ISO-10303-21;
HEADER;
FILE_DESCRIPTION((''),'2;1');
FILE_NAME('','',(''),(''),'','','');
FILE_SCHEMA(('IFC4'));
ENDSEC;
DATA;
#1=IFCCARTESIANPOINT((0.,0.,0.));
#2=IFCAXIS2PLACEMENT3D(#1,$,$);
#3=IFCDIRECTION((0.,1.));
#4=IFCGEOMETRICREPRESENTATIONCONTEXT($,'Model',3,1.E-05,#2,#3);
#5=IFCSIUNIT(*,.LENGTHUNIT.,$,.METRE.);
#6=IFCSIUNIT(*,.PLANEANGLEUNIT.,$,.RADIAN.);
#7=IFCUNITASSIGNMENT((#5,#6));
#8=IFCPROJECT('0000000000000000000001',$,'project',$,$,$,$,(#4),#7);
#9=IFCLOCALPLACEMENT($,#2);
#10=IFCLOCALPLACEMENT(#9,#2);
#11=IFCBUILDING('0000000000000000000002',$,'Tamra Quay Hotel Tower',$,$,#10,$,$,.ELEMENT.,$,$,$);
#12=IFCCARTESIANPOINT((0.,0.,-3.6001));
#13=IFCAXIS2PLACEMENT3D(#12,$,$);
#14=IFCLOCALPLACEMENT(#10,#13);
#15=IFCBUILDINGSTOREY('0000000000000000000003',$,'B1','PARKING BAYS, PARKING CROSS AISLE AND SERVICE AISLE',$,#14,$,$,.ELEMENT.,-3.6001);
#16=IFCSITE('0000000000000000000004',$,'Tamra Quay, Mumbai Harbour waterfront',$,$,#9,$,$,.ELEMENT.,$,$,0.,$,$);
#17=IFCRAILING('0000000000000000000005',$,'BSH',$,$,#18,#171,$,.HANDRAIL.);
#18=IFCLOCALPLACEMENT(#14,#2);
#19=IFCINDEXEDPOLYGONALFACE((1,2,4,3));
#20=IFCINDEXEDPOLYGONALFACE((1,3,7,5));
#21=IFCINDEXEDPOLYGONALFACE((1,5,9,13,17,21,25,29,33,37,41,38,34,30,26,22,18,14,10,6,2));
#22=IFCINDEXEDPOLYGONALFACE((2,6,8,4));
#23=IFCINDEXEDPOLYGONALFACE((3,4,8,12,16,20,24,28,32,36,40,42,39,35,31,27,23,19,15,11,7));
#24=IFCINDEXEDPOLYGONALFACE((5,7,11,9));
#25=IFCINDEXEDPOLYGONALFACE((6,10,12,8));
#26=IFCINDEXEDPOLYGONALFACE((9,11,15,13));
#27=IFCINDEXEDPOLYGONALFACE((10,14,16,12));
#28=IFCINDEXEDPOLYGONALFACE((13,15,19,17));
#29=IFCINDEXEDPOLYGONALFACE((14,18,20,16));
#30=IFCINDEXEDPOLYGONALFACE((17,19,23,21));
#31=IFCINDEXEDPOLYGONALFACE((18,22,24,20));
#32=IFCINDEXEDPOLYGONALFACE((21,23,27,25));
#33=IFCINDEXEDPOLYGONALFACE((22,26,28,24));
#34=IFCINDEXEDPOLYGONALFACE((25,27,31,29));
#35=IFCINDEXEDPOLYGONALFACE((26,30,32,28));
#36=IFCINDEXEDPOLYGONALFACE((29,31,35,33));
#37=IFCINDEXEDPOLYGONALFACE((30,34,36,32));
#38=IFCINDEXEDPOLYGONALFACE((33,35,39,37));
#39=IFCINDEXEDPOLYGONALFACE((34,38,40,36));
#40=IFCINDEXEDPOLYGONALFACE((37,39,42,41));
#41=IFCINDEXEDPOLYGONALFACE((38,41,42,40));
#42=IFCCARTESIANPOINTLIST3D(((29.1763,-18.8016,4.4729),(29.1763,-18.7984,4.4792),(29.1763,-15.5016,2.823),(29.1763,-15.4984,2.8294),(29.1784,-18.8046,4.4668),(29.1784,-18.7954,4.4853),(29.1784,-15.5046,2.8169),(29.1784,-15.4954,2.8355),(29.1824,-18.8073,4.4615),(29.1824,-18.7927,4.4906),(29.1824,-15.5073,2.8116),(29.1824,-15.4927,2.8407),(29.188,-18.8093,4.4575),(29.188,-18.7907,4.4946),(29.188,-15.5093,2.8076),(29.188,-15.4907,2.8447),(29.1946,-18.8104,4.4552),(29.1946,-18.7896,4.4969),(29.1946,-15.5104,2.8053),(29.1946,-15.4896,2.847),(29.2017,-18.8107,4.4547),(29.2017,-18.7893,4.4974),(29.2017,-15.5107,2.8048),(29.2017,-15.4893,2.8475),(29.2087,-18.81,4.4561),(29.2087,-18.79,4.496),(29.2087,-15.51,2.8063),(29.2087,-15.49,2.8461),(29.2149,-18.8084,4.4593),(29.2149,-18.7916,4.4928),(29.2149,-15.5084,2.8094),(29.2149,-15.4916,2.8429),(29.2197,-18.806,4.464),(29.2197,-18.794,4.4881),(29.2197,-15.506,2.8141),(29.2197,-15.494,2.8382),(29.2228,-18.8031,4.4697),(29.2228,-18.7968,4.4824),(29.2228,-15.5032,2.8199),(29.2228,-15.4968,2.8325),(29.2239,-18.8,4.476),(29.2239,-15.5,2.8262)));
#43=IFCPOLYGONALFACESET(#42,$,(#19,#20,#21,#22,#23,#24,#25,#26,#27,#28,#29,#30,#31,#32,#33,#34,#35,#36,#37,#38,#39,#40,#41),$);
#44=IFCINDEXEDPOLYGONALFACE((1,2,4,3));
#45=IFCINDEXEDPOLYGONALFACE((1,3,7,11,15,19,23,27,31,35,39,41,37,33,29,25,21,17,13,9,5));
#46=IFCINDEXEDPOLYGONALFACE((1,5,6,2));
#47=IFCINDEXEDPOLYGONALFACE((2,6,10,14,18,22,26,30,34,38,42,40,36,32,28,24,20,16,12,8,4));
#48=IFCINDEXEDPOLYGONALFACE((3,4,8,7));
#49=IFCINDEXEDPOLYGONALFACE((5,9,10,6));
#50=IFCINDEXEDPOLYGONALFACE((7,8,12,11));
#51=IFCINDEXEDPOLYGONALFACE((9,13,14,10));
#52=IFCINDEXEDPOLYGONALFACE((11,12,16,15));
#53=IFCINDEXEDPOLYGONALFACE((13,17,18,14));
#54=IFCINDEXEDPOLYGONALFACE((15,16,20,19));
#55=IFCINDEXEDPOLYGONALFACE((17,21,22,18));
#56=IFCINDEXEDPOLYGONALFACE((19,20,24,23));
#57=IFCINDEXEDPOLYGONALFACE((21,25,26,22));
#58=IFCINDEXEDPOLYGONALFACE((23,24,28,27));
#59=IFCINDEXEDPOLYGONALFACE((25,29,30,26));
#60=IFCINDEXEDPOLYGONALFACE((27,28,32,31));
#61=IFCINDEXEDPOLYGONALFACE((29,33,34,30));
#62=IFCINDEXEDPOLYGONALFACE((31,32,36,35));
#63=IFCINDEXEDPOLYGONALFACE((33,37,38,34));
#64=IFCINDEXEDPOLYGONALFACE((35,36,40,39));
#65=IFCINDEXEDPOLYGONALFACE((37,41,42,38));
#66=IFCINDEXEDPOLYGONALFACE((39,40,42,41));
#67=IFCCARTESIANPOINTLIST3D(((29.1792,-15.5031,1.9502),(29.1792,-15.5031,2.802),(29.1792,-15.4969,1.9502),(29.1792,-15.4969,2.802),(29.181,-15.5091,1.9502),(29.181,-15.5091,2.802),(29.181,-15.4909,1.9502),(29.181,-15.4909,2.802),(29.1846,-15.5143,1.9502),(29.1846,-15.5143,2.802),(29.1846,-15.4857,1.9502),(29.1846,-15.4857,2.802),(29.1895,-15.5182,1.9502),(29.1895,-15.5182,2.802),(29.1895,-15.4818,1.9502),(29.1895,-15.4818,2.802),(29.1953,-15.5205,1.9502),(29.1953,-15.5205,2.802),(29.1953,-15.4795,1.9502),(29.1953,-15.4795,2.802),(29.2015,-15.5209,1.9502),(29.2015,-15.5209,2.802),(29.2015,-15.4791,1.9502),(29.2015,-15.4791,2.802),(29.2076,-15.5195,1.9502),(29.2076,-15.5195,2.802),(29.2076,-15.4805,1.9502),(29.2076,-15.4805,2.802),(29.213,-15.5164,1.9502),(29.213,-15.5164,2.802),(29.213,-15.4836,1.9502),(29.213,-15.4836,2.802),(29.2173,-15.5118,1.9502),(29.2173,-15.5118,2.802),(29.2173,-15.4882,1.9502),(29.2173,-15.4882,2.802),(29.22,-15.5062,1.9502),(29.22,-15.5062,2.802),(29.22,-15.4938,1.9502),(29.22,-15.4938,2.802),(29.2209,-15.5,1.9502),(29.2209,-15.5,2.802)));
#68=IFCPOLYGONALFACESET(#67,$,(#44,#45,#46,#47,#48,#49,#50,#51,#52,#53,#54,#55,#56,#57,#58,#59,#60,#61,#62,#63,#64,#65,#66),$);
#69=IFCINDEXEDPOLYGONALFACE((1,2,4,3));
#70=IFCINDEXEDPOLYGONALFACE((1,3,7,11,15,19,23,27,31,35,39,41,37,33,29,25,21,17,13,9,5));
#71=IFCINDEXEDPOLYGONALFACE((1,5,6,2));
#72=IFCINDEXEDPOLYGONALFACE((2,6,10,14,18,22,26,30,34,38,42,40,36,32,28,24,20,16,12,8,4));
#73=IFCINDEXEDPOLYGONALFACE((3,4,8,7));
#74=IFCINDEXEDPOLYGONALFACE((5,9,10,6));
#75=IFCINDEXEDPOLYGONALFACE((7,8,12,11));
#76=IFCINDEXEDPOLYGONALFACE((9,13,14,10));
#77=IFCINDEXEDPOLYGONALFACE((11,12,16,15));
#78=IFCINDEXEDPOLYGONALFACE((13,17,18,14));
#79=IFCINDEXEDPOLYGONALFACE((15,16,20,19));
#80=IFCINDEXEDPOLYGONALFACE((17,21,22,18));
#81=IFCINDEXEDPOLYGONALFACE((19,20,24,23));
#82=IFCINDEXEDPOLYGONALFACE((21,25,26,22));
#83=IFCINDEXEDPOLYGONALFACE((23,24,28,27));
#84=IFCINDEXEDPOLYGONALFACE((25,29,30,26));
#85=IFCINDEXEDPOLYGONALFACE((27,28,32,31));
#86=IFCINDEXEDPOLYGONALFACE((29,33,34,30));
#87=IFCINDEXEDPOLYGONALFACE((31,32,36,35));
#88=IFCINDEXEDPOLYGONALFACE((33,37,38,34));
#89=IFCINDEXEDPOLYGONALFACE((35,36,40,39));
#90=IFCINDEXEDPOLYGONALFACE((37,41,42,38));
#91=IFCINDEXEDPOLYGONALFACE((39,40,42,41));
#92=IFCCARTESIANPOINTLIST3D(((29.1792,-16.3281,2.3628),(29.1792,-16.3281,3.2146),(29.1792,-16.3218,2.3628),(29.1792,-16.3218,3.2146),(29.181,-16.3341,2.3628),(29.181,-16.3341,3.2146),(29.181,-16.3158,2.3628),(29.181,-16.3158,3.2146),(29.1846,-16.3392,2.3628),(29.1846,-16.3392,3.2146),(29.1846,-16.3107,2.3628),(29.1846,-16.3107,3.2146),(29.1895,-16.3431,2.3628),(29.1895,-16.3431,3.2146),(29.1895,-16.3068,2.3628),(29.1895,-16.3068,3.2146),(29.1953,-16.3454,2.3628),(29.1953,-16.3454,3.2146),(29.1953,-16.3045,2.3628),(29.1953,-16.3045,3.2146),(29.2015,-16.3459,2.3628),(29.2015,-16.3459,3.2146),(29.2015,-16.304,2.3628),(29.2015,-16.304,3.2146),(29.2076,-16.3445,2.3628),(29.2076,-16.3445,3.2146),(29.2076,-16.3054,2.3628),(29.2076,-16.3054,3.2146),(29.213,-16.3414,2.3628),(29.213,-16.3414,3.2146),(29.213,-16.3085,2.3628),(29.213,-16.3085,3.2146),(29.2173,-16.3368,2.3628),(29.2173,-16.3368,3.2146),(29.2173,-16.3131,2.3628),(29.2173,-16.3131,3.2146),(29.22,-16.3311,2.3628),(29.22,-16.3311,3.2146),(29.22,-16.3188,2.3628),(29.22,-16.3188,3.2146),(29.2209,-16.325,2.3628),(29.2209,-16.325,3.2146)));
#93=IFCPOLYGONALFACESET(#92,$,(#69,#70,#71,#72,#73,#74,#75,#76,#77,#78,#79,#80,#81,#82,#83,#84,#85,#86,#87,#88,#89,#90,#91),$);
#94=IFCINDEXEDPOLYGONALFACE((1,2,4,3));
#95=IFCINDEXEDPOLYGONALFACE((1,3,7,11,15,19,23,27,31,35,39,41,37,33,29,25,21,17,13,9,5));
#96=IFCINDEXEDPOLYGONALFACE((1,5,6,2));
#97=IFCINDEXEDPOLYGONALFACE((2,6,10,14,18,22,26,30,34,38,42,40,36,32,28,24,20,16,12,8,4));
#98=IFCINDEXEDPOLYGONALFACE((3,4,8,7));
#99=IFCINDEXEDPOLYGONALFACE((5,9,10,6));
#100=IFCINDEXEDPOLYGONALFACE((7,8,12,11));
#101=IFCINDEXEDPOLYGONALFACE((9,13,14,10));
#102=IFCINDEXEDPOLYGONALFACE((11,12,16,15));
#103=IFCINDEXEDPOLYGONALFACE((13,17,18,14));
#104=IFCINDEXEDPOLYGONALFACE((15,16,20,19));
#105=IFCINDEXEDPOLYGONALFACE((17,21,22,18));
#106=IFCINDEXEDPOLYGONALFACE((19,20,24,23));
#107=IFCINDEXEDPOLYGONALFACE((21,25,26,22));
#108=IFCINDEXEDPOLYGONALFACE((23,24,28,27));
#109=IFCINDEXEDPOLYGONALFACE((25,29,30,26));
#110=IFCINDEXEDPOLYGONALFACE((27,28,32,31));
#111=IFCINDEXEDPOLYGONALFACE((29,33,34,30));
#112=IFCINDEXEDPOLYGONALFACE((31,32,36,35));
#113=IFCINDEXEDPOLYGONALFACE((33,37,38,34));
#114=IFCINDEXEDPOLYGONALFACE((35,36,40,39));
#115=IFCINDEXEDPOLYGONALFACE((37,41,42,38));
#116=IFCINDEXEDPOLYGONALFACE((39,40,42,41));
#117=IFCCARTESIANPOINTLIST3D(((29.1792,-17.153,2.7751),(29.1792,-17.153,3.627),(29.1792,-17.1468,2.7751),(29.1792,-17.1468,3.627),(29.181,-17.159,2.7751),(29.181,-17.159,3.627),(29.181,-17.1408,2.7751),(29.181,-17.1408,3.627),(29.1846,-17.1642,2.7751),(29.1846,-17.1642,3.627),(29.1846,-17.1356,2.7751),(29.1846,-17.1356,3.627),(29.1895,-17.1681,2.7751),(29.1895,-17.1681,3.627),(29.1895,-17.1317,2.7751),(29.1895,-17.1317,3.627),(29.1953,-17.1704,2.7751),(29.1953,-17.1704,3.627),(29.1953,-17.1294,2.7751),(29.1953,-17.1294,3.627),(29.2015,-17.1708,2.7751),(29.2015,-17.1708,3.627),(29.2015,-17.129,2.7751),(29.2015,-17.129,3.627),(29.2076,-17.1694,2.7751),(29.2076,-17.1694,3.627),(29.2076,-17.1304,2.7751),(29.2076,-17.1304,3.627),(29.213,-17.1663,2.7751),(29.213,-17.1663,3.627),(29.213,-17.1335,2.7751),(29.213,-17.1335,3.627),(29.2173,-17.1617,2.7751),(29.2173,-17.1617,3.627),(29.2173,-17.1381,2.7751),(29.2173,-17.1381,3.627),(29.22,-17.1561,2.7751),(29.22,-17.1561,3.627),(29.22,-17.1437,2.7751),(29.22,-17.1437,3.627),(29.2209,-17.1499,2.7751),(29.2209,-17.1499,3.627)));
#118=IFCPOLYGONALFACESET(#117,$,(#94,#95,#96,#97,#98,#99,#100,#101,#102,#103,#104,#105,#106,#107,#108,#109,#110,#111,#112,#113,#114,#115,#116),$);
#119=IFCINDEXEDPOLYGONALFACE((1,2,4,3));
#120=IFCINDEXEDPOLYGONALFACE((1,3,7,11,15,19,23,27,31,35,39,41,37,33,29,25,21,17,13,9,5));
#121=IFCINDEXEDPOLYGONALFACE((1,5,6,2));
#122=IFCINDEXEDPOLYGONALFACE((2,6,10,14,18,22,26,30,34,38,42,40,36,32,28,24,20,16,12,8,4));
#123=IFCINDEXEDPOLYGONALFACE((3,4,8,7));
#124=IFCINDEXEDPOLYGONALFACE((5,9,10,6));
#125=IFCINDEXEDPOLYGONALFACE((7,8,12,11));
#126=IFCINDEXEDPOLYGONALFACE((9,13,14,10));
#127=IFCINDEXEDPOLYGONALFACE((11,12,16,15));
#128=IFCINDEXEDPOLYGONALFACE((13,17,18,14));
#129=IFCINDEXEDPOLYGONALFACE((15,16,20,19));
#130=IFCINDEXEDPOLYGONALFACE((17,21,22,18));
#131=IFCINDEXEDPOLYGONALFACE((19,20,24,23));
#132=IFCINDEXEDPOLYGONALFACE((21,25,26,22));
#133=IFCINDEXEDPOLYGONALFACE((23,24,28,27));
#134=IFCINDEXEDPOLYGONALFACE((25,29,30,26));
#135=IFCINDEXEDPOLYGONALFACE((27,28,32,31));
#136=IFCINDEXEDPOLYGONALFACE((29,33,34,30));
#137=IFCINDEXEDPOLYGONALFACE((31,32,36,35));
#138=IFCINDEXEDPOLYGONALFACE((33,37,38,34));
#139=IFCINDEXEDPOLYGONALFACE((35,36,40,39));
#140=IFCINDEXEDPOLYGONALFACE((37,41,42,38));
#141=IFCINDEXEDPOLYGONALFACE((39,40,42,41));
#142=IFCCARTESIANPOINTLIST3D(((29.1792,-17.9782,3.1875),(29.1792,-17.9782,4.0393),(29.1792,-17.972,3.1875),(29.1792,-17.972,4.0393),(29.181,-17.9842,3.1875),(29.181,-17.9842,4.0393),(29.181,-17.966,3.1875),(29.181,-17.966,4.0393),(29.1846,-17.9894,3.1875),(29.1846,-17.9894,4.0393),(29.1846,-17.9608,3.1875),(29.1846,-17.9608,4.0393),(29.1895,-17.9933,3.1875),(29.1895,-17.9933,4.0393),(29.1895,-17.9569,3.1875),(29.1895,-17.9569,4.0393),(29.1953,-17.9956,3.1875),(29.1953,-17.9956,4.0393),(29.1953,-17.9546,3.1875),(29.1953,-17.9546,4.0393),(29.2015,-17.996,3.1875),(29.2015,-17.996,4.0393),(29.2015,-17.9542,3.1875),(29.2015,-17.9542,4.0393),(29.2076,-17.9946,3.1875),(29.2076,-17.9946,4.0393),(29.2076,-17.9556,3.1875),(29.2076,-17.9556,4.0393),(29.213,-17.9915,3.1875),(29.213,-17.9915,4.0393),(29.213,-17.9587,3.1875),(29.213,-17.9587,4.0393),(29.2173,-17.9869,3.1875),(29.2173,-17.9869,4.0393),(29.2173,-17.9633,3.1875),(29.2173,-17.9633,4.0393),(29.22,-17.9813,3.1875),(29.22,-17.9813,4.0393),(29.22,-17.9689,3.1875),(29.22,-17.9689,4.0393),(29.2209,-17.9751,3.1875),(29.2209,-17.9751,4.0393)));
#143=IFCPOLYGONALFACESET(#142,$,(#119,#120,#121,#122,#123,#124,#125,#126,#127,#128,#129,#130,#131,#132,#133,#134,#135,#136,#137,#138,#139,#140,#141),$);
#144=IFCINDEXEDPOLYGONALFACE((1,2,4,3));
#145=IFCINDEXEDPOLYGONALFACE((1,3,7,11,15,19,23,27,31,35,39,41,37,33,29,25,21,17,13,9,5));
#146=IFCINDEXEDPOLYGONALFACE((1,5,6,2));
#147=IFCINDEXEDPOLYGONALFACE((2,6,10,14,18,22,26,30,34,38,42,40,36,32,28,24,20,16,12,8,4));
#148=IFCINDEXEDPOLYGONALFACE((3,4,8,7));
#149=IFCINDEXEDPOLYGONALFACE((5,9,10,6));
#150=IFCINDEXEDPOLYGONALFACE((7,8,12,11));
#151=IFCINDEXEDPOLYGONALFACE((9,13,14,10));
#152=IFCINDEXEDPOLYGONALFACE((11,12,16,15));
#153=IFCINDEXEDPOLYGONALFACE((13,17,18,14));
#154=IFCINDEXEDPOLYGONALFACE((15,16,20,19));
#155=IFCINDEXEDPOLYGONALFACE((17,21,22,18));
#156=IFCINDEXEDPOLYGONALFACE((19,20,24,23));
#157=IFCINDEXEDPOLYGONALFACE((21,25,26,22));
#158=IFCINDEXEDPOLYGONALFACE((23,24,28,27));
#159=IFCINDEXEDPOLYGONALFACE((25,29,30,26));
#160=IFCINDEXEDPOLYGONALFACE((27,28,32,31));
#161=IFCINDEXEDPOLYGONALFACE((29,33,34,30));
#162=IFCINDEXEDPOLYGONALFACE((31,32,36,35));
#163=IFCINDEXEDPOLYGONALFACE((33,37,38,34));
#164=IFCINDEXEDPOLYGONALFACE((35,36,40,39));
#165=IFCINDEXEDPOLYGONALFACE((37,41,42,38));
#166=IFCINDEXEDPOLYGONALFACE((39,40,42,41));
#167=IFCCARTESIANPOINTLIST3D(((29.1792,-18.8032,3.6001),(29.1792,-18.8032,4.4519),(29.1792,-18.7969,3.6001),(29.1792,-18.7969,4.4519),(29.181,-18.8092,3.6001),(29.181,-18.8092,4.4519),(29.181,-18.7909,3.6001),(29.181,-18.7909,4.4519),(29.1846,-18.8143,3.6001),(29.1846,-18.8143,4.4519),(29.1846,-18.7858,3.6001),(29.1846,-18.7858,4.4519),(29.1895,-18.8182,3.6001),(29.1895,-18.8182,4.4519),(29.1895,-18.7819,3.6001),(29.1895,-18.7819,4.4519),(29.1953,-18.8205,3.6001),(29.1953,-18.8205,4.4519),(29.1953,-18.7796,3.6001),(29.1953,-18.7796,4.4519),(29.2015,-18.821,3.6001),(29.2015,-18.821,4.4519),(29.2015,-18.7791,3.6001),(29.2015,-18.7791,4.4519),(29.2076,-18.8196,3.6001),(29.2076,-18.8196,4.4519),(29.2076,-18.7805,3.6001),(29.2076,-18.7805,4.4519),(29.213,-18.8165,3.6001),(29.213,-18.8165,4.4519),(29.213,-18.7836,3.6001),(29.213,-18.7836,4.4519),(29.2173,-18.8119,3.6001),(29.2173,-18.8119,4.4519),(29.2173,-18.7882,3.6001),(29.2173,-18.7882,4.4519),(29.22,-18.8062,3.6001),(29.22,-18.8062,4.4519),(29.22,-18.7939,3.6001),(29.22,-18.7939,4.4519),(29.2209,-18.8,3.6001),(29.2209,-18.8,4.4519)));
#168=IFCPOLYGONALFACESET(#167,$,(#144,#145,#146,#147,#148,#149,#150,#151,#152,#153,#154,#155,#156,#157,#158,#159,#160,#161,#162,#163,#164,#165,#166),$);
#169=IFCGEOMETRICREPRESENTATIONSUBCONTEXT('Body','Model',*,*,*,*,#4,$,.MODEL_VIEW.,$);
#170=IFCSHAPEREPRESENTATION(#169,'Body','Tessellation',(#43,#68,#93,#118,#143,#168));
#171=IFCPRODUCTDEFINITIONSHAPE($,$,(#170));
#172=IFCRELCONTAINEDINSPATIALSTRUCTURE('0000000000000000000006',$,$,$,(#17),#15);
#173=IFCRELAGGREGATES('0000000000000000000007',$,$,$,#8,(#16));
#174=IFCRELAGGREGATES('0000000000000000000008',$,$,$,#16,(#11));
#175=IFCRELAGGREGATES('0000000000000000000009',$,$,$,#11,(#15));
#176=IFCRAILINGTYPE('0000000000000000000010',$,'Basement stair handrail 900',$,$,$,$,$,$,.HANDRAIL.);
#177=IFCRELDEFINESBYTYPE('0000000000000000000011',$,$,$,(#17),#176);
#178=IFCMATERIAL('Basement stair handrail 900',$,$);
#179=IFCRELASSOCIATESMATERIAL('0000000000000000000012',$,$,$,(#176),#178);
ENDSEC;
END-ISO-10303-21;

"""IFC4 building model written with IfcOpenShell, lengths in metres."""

from ifc_helpers import new_model, si_unit, direction, frame, origin, origin_2d, place, context, subcontext, project, spatial, circle, extrude, material, type_object, element, save


model = new_model("IFC4")

# Units and contexts
model_context = context("Model", 3, precision=1e-05, world=origin(), true_north=direction((0.0, 1.0)))
body_context = subcontext(model_context, "Body", "Model", "MODEL_VIEW")
ifc_project = project(units=[si_unit("LENGTHUNIT", "METRE"), si_unit("PLANEANGLEUNIT", "RADIAN")], contexts=[model_context])

# Site, building, storey
site_placement = place(None, origin())
site = spatial("IfcSite", under=ifc_project, at=site_placement, Name="Tamra Quay, Mumbai Harbour waterfront", CompositionType="ELEMENT", RefElevation=0.0)
building_placement = place(site_placement, origin())
building = spatial("IfcBuilding", under=site, at=building_placement, Name="Tamra Quay Hotel Tower", CompositionType="ELEMENT")
storey_placement = place(building_placement, frame((0.0, 0.0, -3.6001)))
storey = spatial("IfcBuildingStorey", under=building, at=storey_placement, Name="B1", Description="PARKING BAYS, PARKING CROSS AISLE AND SERVICE AISLE", CompositionType="ELEMENT", Elevation=-3.6001)

# Railing
ifc_material_1 = material(Name="Basement stair handrail 900")
railing_type_1 = type_object("IfcRailingType", Name="Basement stair handrail 900", PredefinedType="HANDRAIL", material=ifc_material_1)
railing_1_placement = place(storey_placement, frame((29.2, -15.5, 1.9502)))
element("IfcRailing", 1, at=railing_1_placement, inside=storey, type_object=railing_type_1, Name="BSH", PredefinedType="HANDRAIL", context=body_context, shape_type="SweptSolid", body=[
    extrude(circle(Radius=0.0239, at=origin_2d()), frame((0.0, 0.0, 0.876), z_axis=(0.0, -0.89444, 0.447187), x_axis=(1.0, 0.0, 0.0)), (0.0, 0.0, 1.0), 3.6895),
    extrude(circle(Radius=0.021, at=origin_2d()), origin(), (0.0, 0.0, 1.0), 0.8518),
    extrude(circle(Radius=0.021, at=origin_2d()), frame((0.0, -0.825, 0.4126)), (0.0, 0.0, 1.0), 0.8518),
    extrude(circle(Radius=0.021, at=origin_2d()), frame((0.0, -1.6499, 0.825)), (0.0, 0.0, 1.0), 0.8518),
    extrude(circle(Radius=0.021, at=origin_2d()), frame((0.0, -2.4751, 1.2373)), (0.0, 0.0, 1.0), 0.8518),
    extrude(circle(Radius=0.021, at=origin_2d()), frame((0.0, -3.3, 1.6499)), (0.0, 0.0, 1.0), 0.8518),
])

save(model, "model.ifc")
